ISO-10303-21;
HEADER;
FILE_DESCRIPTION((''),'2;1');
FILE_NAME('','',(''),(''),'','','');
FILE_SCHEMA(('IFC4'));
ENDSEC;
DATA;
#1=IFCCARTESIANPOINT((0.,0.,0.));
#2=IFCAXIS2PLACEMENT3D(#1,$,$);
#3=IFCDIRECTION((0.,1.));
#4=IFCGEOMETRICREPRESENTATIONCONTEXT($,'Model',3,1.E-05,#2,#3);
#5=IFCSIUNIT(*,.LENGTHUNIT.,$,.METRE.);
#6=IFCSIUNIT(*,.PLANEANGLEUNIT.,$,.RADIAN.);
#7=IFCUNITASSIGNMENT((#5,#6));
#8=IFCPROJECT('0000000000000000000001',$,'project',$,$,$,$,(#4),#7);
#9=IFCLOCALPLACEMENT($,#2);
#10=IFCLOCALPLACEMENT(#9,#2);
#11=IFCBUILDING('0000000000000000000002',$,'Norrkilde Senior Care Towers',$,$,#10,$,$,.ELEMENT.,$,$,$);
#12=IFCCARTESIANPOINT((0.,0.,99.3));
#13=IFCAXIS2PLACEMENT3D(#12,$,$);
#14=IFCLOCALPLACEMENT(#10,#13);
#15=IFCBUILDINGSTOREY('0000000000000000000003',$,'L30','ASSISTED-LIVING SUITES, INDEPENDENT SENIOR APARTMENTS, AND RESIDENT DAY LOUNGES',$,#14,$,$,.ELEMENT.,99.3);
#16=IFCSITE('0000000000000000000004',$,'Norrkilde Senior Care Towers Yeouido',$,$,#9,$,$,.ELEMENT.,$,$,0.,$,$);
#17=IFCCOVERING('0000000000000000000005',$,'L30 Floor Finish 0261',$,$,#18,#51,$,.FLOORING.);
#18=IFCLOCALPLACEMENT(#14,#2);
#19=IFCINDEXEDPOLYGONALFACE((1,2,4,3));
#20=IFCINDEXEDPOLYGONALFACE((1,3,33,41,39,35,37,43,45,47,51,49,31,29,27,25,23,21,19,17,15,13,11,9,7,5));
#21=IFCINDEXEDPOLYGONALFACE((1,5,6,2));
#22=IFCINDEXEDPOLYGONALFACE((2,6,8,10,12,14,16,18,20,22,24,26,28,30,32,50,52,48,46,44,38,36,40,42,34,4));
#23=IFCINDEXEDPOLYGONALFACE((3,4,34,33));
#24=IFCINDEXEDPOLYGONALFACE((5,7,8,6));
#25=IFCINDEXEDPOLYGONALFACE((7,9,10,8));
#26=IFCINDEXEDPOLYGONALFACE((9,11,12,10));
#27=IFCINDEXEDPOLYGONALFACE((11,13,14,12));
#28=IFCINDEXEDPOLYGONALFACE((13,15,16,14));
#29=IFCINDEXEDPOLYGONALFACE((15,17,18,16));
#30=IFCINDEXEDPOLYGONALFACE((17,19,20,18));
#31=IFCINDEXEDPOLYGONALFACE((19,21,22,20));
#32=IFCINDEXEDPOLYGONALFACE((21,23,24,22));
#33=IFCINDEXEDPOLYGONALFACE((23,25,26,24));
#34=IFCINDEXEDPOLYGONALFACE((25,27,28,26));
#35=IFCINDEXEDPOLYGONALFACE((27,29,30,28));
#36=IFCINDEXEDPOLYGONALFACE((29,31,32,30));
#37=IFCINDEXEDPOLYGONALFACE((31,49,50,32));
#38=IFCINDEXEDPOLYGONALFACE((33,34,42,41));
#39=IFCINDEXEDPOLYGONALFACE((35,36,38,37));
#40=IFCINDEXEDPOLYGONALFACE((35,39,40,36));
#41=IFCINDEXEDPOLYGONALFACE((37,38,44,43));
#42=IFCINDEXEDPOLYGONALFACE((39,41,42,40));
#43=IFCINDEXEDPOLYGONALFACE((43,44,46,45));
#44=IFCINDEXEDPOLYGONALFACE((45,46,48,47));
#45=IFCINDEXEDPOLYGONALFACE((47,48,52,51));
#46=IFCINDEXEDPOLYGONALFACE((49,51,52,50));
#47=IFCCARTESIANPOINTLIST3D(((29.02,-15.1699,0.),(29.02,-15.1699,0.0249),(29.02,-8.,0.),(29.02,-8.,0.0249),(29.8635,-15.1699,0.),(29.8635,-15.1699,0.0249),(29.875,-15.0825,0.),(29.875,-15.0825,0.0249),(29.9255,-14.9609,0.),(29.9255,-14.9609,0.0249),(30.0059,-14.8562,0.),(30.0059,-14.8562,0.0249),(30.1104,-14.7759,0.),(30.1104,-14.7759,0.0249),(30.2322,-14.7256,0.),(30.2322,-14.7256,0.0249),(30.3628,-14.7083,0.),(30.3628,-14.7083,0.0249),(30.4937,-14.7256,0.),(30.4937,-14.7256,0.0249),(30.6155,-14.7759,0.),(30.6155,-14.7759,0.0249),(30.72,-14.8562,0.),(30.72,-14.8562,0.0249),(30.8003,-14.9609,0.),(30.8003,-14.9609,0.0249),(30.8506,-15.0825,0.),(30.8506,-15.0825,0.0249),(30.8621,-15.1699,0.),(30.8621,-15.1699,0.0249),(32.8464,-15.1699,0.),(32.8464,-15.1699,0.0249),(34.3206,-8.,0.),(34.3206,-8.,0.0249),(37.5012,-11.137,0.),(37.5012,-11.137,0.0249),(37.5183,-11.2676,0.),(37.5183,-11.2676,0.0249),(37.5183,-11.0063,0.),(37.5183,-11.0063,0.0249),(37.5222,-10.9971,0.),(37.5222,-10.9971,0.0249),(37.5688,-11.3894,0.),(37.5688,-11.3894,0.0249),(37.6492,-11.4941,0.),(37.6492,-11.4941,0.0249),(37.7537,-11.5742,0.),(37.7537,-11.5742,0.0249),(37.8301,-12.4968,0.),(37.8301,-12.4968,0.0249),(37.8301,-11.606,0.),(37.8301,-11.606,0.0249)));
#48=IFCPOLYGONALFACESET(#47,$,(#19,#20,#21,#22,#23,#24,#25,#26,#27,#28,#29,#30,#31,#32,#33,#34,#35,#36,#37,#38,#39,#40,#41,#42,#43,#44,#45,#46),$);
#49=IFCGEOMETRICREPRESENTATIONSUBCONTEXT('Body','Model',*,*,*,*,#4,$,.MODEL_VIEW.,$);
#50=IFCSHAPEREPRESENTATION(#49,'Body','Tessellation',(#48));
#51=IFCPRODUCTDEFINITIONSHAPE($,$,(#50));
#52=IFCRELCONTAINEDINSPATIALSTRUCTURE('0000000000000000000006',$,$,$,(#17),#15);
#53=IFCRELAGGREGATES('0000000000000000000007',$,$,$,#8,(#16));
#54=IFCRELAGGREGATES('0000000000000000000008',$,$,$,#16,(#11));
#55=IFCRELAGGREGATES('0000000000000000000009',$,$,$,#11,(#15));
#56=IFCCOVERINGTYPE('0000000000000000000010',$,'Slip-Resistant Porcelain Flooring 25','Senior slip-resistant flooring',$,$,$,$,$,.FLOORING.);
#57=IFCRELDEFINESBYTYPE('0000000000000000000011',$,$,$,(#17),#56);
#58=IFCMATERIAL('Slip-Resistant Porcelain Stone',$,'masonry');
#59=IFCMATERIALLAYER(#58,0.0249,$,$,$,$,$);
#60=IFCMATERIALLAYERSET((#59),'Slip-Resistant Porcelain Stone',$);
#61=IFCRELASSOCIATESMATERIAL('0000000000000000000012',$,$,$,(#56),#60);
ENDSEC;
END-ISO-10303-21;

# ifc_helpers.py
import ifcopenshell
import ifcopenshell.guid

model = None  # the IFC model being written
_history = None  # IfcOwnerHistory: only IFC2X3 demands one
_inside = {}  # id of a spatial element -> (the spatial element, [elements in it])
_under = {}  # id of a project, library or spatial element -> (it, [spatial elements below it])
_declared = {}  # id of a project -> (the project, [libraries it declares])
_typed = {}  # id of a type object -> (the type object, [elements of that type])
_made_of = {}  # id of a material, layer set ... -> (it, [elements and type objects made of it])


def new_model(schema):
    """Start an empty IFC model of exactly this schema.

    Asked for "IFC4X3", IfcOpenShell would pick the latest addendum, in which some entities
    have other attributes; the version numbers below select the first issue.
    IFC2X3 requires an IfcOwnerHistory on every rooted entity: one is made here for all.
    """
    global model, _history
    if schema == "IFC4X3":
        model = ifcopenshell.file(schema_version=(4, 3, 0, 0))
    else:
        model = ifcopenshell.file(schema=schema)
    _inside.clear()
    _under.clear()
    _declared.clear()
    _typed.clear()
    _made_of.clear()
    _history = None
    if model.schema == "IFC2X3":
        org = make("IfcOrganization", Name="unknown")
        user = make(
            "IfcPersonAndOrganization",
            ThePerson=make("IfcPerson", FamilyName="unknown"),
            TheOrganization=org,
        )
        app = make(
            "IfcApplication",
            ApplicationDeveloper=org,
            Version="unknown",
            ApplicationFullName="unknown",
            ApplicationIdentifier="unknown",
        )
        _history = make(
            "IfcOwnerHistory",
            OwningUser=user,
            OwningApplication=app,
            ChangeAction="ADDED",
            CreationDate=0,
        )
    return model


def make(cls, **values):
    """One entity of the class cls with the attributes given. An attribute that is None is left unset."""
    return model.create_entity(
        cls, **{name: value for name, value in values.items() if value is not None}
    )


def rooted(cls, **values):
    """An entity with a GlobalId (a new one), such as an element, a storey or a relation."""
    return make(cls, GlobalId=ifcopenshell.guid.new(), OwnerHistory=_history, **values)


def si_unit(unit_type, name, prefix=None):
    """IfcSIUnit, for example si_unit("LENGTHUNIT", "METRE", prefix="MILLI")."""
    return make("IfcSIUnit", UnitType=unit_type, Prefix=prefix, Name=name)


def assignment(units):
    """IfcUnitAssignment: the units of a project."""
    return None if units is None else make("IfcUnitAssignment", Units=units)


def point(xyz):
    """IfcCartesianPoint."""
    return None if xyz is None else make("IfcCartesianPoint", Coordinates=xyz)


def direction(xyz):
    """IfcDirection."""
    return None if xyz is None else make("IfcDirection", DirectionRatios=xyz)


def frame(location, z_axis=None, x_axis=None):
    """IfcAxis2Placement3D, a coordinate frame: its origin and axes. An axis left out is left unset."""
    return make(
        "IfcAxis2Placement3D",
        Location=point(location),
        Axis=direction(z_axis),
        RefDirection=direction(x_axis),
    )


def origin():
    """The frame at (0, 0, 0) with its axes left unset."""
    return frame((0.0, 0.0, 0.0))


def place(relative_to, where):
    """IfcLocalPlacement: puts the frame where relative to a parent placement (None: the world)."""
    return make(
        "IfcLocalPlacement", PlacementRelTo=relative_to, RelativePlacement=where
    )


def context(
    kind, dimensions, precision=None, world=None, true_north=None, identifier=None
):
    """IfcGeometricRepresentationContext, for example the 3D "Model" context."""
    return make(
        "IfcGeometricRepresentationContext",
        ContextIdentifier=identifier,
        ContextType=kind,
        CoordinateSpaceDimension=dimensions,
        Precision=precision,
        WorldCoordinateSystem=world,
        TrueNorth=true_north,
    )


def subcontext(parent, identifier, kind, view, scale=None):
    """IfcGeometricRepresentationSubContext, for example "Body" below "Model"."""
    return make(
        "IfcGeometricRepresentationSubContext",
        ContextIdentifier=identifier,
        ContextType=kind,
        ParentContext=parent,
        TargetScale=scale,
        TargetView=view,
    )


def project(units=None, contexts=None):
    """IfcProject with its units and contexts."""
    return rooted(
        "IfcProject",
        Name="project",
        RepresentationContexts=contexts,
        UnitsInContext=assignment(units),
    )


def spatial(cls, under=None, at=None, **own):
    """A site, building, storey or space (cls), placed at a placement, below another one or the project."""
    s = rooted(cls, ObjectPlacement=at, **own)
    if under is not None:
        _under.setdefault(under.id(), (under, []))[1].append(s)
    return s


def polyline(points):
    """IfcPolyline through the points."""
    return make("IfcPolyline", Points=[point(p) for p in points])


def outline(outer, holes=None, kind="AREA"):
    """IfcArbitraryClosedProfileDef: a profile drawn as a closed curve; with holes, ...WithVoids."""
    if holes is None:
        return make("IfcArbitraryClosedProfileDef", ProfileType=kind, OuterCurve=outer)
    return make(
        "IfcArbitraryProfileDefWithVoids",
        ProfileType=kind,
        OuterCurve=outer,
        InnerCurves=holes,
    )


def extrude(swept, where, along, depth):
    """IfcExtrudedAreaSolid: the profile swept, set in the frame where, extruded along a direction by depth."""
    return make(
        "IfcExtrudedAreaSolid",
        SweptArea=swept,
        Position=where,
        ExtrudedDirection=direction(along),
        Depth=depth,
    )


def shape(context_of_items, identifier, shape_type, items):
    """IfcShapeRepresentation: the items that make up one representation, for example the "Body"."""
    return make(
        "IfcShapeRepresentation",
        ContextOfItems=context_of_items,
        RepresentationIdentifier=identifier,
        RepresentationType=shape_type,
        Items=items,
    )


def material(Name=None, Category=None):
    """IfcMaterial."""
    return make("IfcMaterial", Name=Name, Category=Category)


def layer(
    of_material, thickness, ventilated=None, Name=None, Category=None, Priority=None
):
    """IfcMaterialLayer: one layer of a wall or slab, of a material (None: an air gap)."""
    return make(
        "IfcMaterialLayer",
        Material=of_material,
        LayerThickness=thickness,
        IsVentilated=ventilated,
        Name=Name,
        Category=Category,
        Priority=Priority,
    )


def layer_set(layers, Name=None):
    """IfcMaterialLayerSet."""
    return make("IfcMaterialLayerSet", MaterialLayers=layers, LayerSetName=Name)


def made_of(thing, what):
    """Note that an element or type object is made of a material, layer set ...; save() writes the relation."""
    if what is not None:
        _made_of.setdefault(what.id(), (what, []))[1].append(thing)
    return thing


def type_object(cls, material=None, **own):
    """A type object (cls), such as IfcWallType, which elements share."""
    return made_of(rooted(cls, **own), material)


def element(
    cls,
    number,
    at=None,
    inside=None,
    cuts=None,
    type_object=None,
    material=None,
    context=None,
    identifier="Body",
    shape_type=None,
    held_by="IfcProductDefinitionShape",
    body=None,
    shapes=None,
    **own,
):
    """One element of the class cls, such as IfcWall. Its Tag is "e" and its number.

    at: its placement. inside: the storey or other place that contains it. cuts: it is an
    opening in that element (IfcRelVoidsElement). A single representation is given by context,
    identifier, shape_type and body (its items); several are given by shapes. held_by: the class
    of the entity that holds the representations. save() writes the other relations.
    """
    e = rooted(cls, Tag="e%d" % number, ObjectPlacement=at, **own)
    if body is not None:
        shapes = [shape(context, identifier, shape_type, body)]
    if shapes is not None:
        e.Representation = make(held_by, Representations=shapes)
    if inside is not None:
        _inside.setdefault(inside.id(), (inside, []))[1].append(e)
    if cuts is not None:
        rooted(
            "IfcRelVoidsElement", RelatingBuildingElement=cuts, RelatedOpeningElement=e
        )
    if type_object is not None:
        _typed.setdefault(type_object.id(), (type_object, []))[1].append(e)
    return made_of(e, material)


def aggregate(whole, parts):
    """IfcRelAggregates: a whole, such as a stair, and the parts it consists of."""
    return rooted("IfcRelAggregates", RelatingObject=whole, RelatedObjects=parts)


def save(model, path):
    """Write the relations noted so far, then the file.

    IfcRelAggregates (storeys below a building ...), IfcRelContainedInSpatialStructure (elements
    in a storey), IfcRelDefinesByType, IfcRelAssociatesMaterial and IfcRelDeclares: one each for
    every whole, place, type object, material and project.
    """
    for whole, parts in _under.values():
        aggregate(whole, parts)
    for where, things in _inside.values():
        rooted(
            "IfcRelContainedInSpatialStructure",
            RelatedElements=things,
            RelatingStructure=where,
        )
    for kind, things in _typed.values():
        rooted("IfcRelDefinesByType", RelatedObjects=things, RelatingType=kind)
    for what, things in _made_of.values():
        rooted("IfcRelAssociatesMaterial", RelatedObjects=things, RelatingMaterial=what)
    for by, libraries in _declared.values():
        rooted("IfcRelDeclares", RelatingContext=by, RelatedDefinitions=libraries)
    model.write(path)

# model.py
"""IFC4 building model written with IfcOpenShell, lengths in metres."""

from ifc_helpers import new_model, si_unit, direction, frame, origin, place, context, subcontext, project, spatial, polyline, outline, extrude, material, layer, layer_set, type_object, element, save


model = new_model("IFC4")

# Units and contexts
model_context = context("Model", 3, precision=1e-05, world=origin(), true_north=direction((0.0, 1.0)))
body_context = subcontext(model_context, "Body", "Model", "MODEL_VIEW")
ifc_project = project(units=[si_unit("LENGTHUNIT", "METRE"), si_unit("PLANEANGLEUNIT", "RADIAN")], contexts=[model_context])

# Site, building, storey
site_placement = place(None, origin())
site = spatial("IfcSite", under=ifc_project, at=site_placement, Name="Norrkilde Senior Care Towers Yeouido", CompositionType="ELEMENT", RefElevation=0.0)
building_placement = place(site_placement, origin())
building = spatial("IfcBuilding", under=site, at=building_placement, Name="Norrkilde Senior Care Towers", CompositionType="ELEMENT")
storey_placement = place(building_placement, frame((0.0, 0.0, 99.3)))
storey = spatial("IfcBuildingStorey", under=building, at=storey_placement, Name="L30", Description="ASSISTED-LIVING SUITES, INDEPENDENT SENIOR APARTMENTS, AND RESIDENT DAY LOUNGES", CompositionType="ELEMENT", Elevation=99.3)

# Covering
ifc_material_1 = material(Name="Slip-Resistant Porcelain Stone", Category="masonry")
ifc_layer_1 = layer(ifc_material_1, 0.0249)
ifc_layer_set_1 = layer_set([ifc_layer_1], Name="Slip-Resistant Porcelain Stone")
covering_type_1 = type_object("IfcCoveringType", Name="Slip-Resistant Porcelain Flooring 25", Description="Senior slip-resistant flooring", PredefinedType="FLOORING", material=ifc_layer_set_1)
covering_1_placement = place(storey_placement, origin())
element("IfcCovering", 1, at=covering_1_placement, inside=storey, type_object=covering_type_1, Name="L30 Floor Finish 0261", PredefinedType="FLOORING", context=body_context, shape_type="SweptSolid", body=[
    extrude(outline(polyline([(32.8464, -15.1699), (30.8621, -15.1699), (30.8506, -15.0825), (30.8003, -14.9609), (30.72, -14.8562), (30.6155, -14.7759), (30.4937, -14.7256), (30.3628, -14.7083), (30.2322, -14.7256), (30.1104, -14.7759), (30.0059, -14.8562), (29.9255, -14.9609), (29.875, -15.0825), (29.8635, -15.1699), (29.02, -15.1699), (29.02, -8.0), (34.3206, -8.0), (37.5222, -10.9971), (37.5183, -11.0063), (37.5012, -11.137), (37.5183, -11.2676), (37.5688, -11.3894), (37.6492, -11.4941), (37.7537, -11.5742), (37.8301, -11.606), (37.8301, -12.4968), (32.8464, -15.1699)])), origin(), (0.0, 0.0, 1.0), 0.0249),
])

save(model, "model.ifc")
